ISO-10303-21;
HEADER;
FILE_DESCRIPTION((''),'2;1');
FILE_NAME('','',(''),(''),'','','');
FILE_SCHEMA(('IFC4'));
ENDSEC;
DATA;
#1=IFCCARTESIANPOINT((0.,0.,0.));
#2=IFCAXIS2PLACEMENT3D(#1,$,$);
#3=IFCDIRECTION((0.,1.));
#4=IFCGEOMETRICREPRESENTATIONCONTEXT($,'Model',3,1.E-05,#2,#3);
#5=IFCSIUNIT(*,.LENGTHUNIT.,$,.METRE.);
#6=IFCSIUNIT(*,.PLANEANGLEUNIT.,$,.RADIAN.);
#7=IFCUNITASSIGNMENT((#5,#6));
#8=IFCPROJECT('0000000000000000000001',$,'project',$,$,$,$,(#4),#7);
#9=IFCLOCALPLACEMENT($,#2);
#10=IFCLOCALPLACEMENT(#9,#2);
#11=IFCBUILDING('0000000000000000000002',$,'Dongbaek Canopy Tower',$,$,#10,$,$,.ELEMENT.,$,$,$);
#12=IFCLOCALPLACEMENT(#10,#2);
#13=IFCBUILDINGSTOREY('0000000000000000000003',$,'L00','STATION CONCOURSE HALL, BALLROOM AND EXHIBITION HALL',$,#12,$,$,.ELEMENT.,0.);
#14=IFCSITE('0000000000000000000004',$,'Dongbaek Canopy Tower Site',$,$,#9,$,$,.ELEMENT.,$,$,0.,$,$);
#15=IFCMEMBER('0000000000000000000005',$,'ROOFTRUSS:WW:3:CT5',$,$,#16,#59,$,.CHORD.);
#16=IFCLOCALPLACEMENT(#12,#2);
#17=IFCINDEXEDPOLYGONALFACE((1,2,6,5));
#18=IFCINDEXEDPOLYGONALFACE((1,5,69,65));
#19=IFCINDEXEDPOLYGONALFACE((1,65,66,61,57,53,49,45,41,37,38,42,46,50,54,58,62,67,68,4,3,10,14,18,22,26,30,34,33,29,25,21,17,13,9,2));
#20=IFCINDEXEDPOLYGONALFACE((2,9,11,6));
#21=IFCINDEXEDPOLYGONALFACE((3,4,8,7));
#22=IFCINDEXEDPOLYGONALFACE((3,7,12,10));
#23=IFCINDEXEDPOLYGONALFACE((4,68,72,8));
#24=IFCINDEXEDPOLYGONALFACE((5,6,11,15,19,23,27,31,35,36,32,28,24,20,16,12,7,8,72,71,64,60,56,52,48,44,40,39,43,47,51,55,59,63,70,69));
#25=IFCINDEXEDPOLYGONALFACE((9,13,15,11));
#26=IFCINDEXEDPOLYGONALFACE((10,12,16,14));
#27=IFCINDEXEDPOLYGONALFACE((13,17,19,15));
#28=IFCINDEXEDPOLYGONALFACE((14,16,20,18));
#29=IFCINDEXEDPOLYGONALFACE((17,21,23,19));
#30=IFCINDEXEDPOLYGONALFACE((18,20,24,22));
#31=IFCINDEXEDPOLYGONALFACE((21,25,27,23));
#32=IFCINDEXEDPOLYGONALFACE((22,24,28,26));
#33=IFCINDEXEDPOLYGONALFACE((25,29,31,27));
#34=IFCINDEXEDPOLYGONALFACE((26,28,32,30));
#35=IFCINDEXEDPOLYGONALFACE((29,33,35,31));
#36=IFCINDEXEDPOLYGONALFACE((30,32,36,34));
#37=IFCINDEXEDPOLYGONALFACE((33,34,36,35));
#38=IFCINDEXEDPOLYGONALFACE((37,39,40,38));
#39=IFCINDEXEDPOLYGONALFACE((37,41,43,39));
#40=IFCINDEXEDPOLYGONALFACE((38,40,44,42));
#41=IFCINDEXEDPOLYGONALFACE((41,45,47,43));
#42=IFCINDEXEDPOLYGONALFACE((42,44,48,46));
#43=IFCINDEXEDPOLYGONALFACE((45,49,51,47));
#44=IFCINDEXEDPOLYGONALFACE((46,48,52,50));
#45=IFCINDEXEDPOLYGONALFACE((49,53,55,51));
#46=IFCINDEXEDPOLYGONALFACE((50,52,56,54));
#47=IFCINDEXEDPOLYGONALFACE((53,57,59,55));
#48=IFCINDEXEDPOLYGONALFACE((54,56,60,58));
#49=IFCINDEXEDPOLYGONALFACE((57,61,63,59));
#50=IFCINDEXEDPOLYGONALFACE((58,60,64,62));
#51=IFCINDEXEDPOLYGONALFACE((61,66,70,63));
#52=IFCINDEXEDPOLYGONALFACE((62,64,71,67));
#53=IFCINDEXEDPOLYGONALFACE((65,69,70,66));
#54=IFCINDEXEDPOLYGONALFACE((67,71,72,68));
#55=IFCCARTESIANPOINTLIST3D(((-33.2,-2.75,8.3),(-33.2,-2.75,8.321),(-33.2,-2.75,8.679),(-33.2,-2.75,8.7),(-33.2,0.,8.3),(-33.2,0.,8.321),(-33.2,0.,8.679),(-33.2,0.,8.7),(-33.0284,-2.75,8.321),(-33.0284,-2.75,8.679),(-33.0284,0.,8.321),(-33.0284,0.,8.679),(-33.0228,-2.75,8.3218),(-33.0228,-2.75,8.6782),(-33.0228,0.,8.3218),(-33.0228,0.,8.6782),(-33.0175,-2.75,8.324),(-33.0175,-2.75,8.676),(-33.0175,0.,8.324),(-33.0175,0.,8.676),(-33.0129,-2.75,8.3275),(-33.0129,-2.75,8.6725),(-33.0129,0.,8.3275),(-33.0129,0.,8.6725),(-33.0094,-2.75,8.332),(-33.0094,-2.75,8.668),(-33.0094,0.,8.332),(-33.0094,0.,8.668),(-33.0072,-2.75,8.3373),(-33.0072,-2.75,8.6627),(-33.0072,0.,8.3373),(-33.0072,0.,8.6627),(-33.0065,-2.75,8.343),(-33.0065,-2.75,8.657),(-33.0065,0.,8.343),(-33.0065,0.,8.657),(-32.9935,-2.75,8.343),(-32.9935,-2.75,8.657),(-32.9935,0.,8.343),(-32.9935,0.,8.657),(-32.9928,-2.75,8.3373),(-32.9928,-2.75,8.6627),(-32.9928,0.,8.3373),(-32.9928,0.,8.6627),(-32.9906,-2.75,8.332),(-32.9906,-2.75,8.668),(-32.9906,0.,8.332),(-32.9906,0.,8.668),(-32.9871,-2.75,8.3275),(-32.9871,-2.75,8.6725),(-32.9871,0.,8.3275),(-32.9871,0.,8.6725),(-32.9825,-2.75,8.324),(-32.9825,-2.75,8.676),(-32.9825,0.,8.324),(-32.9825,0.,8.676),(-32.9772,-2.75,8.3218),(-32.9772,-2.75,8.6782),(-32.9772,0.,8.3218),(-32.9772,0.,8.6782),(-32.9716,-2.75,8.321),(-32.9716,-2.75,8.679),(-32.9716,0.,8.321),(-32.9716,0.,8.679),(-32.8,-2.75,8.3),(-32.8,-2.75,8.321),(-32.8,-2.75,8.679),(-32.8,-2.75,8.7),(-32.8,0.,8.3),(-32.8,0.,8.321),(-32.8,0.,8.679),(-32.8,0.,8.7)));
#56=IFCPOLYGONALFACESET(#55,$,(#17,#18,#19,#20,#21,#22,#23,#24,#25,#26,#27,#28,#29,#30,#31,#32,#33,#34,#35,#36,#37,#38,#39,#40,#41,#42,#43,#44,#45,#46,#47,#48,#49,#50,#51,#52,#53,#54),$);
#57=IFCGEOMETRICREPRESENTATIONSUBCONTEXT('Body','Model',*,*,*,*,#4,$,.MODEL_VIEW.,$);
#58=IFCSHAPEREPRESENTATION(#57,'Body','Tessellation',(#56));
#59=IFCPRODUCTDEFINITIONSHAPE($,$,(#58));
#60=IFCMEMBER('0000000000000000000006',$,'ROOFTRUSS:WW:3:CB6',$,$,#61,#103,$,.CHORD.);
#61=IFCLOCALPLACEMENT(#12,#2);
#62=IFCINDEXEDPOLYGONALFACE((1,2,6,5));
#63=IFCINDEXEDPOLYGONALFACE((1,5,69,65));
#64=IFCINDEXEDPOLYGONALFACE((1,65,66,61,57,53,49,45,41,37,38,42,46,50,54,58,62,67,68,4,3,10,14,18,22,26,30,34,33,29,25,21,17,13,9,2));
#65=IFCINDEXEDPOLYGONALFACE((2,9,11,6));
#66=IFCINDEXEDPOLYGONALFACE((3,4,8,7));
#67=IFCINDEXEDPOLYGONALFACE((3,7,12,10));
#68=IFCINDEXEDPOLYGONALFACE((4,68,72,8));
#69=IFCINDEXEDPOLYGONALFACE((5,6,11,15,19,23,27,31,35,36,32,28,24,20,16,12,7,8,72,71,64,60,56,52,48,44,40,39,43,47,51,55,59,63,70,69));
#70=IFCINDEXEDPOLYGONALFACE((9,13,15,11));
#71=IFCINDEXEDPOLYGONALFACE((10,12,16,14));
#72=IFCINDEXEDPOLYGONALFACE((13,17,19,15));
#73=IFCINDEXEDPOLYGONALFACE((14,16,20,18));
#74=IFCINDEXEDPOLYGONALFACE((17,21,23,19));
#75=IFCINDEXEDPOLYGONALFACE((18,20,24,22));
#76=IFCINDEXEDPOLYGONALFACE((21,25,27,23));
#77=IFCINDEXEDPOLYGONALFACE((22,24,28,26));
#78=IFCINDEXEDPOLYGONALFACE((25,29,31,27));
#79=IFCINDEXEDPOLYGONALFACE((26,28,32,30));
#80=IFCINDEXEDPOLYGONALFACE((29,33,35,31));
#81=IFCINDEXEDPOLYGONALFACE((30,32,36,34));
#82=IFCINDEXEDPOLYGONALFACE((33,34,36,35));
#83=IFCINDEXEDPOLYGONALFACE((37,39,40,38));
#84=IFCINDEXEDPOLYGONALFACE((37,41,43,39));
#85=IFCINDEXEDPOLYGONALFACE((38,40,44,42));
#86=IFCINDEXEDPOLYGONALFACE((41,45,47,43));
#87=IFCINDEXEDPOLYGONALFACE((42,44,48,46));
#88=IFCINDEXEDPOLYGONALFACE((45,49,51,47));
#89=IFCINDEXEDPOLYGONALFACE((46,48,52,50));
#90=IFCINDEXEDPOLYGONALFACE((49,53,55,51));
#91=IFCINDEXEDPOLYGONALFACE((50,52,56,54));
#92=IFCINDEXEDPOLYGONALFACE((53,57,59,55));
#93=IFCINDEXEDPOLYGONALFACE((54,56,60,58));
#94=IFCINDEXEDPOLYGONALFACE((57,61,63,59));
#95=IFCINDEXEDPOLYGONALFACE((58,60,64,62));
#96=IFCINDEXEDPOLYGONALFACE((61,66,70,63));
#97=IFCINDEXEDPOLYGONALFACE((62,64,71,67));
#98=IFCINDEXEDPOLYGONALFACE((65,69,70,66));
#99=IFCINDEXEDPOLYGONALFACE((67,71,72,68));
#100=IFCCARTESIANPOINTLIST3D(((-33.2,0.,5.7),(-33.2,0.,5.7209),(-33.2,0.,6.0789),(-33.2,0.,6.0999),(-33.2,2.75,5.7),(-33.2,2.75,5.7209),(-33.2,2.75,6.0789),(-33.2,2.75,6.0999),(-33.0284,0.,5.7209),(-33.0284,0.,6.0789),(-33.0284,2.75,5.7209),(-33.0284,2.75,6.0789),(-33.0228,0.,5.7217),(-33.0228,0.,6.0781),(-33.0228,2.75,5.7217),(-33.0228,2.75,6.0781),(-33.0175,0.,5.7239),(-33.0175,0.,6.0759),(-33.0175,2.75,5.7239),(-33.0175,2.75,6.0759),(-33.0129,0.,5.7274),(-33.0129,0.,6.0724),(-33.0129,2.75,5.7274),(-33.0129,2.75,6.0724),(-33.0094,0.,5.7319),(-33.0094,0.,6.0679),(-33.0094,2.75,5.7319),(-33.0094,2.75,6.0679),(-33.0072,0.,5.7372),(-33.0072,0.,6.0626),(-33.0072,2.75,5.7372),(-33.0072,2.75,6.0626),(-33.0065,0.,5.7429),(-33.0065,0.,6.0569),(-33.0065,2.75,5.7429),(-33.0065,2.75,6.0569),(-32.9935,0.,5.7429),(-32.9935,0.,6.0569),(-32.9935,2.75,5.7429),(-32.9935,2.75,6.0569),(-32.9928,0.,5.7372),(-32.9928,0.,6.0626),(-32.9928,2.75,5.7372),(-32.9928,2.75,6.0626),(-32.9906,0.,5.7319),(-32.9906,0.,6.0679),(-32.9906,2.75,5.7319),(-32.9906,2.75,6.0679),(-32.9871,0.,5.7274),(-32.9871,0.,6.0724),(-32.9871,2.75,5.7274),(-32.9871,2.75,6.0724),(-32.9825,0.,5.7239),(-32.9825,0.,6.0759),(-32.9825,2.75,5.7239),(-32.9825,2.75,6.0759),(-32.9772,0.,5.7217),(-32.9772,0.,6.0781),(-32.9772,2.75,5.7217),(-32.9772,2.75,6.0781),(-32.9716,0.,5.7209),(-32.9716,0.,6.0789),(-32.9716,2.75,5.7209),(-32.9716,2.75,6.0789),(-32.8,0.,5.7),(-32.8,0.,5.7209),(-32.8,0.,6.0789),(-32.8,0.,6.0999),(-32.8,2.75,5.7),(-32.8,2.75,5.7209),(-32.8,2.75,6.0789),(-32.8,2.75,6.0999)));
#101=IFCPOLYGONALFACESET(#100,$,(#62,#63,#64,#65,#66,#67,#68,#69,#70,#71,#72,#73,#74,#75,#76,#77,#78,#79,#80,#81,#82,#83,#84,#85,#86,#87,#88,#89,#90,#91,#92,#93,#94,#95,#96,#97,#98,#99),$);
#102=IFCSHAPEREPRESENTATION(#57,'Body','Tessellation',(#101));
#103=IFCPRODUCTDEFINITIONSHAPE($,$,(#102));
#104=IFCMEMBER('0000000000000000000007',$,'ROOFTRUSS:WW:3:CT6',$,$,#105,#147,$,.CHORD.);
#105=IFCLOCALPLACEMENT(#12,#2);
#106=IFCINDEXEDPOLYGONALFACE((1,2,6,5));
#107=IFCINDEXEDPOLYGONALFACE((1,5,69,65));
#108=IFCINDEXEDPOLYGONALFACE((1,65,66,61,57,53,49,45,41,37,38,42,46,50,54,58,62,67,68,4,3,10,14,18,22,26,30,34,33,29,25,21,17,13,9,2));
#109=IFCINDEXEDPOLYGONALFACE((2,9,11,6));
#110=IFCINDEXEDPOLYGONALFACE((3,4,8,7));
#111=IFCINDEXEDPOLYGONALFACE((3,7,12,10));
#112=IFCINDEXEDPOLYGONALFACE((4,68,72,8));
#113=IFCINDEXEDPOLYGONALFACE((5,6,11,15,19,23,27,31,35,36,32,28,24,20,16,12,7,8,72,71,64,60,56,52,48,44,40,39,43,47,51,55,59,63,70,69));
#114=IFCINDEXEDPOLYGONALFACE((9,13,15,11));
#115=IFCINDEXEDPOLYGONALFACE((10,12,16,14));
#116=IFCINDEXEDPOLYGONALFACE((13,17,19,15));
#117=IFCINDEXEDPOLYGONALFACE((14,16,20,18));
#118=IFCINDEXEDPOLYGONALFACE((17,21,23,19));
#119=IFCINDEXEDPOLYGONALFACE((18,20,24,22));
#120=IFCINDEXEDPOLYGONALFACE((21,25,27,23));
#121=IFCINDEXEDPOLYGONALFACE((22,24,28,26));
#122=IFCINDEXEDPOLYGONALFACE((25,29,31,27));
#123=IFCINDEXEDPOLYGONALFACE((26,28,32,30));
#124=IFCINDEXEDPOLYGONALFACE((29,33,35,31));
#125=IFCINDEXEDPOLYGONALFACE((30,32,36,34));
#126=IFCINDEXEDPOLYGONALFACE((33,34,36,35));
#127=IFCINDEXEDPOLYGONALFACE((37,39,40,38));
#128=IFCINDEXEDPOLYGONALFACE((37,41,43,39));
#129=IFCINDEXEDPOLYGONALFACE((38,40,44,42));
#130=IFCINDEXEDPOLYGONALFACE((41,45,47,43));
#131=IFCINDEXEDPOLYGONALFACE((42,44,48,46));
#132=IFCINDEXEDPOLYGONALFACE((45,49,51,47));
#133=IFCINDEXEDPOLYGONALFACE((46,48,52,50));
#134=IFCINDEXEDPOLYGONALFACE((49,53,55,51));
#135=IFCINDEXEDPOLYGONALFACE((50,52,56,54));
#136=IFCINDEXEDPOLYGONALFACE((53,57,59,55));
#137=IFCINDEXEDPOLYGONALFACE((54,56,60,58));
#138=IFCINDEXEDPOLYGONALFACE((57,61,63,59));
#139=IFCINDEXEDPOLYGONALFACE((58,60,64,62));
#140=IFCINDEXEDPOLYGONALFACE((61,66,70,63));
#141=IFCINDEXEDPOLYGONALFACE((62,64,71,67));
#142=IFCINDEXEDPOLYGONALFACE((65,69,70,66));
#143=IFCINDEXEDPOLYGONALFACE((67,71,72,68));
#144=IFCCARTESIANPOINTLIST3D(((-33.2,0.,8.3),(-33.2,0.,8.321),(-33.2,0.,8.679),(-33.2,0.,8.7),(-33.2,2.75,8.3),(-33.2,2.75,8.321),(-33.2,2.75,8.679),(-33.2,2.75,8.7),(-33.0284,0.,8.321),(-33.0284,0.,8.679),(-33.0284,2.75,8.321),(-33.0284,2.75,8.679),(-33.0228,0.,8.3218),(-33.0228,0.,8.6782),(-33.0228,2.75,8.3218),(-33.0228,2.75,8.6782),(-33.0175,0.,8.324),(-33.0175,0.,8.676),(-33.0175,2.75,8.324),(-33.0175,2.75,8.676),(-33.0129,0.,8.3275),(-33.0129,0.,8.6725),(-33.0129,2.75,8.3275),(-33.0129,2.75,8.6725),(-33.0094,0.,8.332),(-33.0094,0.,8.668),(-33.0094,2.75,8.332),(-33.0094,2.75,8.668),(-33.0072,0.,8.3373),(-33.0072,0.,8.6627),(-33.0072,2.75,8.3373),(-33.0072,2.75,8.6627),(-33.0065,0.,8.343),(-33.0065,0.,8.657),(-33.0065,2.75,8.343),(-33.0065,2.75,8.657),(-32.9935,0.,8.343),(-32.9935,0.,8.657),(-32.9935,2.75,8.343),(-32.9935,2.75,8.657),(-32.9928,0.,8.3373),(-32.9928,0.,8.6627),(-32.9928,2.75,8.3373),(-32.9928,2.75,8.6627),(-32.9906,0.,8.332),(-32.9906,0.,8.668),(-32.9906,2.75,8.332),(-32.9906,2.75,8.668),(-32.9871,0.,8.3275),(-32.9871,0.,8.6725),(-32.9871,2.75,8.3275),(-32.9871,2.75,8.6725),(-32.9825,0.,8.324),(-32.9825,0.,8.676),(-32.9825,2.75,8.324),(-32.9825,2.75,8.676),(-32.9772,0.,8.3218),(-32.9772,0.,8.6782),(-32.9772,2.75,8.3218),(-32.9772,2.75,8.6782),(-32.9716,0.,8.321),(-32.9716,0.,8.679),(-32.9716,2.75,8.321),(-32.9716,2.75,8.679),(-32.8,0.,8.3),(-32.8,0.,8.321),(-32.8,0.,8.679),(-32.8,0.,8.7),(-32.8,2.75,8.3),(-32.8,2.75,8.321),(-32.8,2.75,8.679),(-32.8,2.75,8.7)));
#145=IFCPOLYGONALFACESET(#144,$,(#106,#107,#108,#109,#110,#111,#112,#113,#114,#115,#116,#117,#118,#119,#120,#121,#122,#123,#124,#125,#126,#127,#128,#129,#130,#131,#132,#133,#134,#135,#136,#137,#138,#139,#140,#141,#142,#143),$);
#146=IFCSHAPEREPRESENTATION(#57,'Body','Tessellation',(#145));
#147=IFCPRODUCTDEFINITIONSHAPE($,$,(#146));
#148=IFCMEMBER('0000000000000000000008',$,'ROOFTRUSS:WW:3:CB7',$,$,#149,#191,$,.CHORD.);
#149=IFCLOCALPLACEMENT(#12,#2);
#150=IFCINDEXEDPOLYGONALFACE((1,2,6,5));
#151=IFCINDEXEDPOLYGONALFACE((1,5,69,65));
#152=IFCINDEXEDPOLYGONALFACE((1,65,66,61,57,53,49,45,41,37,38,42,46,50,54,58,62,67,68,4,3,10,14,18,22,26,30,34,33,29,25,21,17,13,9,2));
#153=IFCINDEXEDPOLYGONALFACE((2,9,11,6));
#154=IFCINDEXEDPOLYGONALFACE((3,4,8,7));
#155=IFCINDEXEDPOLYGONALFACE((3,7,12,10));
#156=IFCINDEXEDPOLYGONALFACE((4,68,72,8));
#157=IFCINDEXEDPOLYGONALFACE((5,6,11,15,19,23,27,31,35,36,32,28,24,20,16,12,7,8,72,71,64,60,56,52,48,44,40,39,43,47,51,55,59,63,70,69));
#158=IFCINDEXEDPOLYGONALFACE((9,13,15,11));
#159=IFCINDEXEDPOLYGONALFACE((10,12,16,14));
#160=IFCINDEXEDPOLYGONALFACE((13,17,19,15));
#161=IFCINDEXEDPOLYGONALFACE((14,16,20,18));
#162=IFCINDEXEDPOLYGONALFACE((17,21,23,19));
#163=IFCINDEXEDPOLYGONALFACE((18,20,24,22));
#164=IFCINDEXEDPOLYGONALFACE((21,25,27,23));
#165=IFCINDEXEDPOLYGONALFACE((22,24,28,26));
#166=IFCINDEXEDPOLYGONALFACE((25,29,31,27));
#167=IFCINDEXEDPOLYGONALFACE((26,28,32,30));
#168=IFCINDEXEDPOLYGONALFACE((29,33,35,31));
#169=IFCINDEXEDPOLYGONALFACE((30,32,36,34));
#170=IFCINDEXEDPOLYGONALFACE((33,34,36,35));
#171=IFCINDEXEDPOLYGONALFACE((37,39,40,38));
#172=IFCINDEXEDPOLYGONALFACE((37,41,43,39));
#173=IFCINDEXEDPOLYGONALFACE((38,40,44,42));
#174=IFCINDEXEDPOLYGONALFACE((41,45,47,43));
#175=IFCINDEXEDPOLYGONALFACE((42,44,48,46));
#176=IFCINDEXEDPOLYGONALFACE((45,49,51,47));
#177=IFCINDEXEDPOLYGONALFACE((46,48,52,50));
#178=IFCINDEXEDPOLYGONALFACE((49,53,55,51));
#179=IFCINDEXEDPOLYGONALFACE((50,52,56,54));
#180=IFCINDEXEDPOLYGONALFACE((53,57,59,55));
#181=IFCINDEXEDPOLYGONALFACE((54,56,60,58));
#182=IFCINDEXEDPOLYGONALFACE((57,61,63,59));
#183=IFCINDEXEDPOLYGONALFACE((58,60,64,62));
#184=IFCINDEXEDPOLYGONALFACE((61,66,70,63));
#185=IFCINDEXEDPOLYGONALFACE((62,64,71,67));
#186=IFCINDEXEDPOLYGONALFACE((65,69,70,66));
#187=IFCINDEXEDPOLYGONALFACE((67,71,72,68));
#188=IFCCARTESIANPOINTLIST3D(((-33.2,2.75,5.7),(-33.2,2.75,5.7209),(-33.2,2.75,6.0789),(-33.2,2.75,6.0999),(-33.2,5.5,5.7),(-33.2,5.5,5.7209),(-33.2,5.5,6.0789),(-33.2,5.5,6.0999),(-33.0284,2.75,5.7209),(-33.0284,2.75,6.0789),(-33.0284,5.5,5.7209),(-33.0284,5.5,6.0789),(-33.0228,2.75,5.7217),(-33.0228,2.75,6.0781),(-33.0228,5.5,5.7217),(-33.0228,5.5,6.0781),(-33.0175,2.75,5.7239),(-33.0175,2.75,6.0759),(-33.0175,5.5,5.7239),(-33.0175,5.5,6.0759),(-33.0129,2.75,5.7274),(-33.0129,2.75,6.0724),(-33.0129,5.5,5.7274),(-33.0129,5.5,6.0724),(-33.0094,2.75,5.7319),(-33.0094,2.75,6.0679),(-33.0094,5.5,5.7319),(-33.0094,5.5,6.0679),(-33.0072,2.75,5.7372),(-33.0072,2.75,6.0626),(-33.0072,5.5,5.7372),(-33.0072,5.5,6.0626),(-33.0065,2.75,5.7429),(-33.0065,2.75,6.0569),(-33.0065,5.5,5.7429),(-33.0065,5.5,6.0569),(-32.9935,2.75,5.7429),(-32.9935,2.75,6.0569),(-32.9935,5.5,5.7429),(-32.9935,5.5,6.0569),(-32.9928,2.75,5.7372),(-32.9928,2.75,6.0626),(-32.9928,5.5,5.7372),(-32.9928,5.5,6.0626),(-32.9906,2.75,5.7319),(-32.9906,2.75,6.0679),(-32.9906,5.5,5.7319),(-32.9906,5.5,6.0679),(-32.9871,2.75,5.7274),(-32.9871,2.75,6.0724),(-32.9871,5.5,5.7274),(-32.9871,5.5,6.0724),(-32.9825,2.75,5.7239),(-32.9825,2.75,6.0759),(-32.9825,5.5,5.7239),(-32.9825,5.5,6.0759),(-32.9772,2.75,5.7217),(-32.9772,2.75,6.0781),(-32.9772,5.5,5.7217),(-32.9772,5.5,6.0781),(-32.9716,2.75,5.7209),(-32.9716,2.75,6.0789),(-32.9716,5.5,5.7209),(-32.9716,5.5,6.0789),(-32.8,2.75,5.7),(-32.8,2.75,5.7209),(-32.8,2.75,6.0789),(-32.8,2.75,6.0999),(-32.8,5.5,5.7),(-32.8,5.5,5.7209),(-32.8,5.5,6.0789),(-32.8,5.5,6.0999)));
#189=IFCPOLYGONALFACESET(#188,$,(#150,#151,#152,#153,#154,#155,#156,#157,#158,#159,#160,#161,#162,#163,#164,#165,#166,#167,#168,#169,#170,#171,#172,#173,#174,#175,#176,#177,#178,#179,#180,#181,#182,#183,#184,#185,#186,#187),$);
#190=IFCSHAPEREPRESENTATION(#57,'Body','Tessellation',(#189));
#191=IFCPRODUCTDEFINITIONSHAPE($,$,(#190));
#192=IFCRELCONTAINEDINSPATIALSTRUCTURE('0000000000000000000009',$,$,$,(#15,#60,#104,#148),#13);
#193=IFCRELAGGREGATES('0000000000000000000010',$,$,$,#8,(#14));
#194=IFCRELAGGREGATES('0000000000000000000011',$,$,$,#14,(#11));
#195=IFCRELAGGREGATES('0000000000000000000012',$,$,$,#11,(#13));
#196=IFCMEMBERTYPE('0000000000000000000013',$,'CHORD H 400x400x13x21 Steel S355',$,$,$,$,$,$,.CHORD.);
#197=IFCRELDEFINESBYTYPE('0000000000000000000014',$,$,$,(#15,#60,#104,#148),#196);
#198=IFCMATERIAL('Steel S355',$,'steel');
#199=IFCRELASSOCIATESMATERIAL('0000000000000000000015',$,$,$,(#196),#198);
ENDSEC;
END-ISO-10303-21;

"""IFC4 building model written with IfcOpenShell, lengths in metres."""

from ifc_helpers import new_model, si_unit, direction, frame, origin, origin_2d, place, context, subcontext, project, spatial, i_section, extrude, material, material_profile, profile_set, type_object, element, save


model = new_model("IFC4")

# Units and contexts
model_context = context("Model", 3, precision=1e-05, world=origin(), true_north=direction((0.0, 1.0)))
body_context = subcontext(model_context, "Body", "Model", "MODEL_VIEW")
ifc_project = project(units=[si_unit("LENGTHUNIT", "METRE"), si_unit("PLANEANGLEUNIT", "RADIAN")], contexts=[model_context])

# Site, building, storey
site_placement = place(None, origin())
site = spatial("IfcSite", under=ifc_project, at=site_placement, Name="Dongbaek Canopy Tower Site", CompositionType="ELEMENT", RefElevation=0.0)
building_placement = place(site_placement, origin())
building = spatial("IfcBuilding", under=site, at=building_placement, Name="Dongbaek Canopy Tower", CompositionType="ELEMENT")
storey_placement = place(building_placement, origin())
storey = spatial("IfcBuildingStorey", under=building, at=storey_placement, Name="L00", Description="STATION CONCOURSE HALL, BALLROOM AND EXHIBITION HALL", CompositionType="ELEMENT", Elevation=0.0)

# Members
ifc_material_1 = material(Name="Steel S355", Category="steel")
ifc_material_profile_1 = material_profile(ifc_material_1, i_section(OverallWidth=0.3999, OverallDepth=0.3999, WebThickness=0.0129, FlangeThickness=0.021, FilletRadius=0.022, at=origin_2d()), Name="CHORD H 400x400x13x21 Steel S355")
ifc_profile_set_1 = profile_set([ifc_material_profile_1], Name="Steel S355")
member_type_1 = type_object("IfcMemberType", Name="CHORD H 400x400x13x21 Steel S355", PredefinedType="CHORD", material=ifc_profile_set_1)
for number, where, z_axis, x_axis, name in (
    (1, (-33.0, -2.75, 8.5), (0.0, 1.0, 0.0), (-1.0, 0.0, 0.0), "ROOFTRUSS:WW:3:CT5"),
    (2, (-33.0, 0.0, 5.8999), (0.0, 1.0, 0.0), (-1.0, 0.0, 0.0), "ROOFTRUSS:WW:3:CB6"),
    (3, (-33.0, 0.0, 8.5), (0.0, 1.0, 0.0), (-1.0, 0.0, 0.0), "ROOFTRUSS:WW:3:CT6"),
    (4, (-33.0, 2.75, 5.8999), (0.0, 1.0, 0.0), (-1.0, 0.0, 0.0), "ROOFTRUSS:WW:3:CB7"),
):
    element("IfcMember", number, at=place(storey_placement, frame(where, z_axis=z_axis, x_axis=x_axis)), inside=storey, type_object=member_type_1, Name=name, PredefinedType="CHORD", context=body_context, shape_type="SweptSolid", body=[
        extrude(i_section(OverallWidth=0.3999, OverallDepth=0.3999, WebThickness=0.0129, FlangeThickness=0.021, FilletRadius=0.022, at=origin_2d()), origin(), (0.0, 0.0, 1.0), 2.75),
    ])

save(model, "model.ifc")
